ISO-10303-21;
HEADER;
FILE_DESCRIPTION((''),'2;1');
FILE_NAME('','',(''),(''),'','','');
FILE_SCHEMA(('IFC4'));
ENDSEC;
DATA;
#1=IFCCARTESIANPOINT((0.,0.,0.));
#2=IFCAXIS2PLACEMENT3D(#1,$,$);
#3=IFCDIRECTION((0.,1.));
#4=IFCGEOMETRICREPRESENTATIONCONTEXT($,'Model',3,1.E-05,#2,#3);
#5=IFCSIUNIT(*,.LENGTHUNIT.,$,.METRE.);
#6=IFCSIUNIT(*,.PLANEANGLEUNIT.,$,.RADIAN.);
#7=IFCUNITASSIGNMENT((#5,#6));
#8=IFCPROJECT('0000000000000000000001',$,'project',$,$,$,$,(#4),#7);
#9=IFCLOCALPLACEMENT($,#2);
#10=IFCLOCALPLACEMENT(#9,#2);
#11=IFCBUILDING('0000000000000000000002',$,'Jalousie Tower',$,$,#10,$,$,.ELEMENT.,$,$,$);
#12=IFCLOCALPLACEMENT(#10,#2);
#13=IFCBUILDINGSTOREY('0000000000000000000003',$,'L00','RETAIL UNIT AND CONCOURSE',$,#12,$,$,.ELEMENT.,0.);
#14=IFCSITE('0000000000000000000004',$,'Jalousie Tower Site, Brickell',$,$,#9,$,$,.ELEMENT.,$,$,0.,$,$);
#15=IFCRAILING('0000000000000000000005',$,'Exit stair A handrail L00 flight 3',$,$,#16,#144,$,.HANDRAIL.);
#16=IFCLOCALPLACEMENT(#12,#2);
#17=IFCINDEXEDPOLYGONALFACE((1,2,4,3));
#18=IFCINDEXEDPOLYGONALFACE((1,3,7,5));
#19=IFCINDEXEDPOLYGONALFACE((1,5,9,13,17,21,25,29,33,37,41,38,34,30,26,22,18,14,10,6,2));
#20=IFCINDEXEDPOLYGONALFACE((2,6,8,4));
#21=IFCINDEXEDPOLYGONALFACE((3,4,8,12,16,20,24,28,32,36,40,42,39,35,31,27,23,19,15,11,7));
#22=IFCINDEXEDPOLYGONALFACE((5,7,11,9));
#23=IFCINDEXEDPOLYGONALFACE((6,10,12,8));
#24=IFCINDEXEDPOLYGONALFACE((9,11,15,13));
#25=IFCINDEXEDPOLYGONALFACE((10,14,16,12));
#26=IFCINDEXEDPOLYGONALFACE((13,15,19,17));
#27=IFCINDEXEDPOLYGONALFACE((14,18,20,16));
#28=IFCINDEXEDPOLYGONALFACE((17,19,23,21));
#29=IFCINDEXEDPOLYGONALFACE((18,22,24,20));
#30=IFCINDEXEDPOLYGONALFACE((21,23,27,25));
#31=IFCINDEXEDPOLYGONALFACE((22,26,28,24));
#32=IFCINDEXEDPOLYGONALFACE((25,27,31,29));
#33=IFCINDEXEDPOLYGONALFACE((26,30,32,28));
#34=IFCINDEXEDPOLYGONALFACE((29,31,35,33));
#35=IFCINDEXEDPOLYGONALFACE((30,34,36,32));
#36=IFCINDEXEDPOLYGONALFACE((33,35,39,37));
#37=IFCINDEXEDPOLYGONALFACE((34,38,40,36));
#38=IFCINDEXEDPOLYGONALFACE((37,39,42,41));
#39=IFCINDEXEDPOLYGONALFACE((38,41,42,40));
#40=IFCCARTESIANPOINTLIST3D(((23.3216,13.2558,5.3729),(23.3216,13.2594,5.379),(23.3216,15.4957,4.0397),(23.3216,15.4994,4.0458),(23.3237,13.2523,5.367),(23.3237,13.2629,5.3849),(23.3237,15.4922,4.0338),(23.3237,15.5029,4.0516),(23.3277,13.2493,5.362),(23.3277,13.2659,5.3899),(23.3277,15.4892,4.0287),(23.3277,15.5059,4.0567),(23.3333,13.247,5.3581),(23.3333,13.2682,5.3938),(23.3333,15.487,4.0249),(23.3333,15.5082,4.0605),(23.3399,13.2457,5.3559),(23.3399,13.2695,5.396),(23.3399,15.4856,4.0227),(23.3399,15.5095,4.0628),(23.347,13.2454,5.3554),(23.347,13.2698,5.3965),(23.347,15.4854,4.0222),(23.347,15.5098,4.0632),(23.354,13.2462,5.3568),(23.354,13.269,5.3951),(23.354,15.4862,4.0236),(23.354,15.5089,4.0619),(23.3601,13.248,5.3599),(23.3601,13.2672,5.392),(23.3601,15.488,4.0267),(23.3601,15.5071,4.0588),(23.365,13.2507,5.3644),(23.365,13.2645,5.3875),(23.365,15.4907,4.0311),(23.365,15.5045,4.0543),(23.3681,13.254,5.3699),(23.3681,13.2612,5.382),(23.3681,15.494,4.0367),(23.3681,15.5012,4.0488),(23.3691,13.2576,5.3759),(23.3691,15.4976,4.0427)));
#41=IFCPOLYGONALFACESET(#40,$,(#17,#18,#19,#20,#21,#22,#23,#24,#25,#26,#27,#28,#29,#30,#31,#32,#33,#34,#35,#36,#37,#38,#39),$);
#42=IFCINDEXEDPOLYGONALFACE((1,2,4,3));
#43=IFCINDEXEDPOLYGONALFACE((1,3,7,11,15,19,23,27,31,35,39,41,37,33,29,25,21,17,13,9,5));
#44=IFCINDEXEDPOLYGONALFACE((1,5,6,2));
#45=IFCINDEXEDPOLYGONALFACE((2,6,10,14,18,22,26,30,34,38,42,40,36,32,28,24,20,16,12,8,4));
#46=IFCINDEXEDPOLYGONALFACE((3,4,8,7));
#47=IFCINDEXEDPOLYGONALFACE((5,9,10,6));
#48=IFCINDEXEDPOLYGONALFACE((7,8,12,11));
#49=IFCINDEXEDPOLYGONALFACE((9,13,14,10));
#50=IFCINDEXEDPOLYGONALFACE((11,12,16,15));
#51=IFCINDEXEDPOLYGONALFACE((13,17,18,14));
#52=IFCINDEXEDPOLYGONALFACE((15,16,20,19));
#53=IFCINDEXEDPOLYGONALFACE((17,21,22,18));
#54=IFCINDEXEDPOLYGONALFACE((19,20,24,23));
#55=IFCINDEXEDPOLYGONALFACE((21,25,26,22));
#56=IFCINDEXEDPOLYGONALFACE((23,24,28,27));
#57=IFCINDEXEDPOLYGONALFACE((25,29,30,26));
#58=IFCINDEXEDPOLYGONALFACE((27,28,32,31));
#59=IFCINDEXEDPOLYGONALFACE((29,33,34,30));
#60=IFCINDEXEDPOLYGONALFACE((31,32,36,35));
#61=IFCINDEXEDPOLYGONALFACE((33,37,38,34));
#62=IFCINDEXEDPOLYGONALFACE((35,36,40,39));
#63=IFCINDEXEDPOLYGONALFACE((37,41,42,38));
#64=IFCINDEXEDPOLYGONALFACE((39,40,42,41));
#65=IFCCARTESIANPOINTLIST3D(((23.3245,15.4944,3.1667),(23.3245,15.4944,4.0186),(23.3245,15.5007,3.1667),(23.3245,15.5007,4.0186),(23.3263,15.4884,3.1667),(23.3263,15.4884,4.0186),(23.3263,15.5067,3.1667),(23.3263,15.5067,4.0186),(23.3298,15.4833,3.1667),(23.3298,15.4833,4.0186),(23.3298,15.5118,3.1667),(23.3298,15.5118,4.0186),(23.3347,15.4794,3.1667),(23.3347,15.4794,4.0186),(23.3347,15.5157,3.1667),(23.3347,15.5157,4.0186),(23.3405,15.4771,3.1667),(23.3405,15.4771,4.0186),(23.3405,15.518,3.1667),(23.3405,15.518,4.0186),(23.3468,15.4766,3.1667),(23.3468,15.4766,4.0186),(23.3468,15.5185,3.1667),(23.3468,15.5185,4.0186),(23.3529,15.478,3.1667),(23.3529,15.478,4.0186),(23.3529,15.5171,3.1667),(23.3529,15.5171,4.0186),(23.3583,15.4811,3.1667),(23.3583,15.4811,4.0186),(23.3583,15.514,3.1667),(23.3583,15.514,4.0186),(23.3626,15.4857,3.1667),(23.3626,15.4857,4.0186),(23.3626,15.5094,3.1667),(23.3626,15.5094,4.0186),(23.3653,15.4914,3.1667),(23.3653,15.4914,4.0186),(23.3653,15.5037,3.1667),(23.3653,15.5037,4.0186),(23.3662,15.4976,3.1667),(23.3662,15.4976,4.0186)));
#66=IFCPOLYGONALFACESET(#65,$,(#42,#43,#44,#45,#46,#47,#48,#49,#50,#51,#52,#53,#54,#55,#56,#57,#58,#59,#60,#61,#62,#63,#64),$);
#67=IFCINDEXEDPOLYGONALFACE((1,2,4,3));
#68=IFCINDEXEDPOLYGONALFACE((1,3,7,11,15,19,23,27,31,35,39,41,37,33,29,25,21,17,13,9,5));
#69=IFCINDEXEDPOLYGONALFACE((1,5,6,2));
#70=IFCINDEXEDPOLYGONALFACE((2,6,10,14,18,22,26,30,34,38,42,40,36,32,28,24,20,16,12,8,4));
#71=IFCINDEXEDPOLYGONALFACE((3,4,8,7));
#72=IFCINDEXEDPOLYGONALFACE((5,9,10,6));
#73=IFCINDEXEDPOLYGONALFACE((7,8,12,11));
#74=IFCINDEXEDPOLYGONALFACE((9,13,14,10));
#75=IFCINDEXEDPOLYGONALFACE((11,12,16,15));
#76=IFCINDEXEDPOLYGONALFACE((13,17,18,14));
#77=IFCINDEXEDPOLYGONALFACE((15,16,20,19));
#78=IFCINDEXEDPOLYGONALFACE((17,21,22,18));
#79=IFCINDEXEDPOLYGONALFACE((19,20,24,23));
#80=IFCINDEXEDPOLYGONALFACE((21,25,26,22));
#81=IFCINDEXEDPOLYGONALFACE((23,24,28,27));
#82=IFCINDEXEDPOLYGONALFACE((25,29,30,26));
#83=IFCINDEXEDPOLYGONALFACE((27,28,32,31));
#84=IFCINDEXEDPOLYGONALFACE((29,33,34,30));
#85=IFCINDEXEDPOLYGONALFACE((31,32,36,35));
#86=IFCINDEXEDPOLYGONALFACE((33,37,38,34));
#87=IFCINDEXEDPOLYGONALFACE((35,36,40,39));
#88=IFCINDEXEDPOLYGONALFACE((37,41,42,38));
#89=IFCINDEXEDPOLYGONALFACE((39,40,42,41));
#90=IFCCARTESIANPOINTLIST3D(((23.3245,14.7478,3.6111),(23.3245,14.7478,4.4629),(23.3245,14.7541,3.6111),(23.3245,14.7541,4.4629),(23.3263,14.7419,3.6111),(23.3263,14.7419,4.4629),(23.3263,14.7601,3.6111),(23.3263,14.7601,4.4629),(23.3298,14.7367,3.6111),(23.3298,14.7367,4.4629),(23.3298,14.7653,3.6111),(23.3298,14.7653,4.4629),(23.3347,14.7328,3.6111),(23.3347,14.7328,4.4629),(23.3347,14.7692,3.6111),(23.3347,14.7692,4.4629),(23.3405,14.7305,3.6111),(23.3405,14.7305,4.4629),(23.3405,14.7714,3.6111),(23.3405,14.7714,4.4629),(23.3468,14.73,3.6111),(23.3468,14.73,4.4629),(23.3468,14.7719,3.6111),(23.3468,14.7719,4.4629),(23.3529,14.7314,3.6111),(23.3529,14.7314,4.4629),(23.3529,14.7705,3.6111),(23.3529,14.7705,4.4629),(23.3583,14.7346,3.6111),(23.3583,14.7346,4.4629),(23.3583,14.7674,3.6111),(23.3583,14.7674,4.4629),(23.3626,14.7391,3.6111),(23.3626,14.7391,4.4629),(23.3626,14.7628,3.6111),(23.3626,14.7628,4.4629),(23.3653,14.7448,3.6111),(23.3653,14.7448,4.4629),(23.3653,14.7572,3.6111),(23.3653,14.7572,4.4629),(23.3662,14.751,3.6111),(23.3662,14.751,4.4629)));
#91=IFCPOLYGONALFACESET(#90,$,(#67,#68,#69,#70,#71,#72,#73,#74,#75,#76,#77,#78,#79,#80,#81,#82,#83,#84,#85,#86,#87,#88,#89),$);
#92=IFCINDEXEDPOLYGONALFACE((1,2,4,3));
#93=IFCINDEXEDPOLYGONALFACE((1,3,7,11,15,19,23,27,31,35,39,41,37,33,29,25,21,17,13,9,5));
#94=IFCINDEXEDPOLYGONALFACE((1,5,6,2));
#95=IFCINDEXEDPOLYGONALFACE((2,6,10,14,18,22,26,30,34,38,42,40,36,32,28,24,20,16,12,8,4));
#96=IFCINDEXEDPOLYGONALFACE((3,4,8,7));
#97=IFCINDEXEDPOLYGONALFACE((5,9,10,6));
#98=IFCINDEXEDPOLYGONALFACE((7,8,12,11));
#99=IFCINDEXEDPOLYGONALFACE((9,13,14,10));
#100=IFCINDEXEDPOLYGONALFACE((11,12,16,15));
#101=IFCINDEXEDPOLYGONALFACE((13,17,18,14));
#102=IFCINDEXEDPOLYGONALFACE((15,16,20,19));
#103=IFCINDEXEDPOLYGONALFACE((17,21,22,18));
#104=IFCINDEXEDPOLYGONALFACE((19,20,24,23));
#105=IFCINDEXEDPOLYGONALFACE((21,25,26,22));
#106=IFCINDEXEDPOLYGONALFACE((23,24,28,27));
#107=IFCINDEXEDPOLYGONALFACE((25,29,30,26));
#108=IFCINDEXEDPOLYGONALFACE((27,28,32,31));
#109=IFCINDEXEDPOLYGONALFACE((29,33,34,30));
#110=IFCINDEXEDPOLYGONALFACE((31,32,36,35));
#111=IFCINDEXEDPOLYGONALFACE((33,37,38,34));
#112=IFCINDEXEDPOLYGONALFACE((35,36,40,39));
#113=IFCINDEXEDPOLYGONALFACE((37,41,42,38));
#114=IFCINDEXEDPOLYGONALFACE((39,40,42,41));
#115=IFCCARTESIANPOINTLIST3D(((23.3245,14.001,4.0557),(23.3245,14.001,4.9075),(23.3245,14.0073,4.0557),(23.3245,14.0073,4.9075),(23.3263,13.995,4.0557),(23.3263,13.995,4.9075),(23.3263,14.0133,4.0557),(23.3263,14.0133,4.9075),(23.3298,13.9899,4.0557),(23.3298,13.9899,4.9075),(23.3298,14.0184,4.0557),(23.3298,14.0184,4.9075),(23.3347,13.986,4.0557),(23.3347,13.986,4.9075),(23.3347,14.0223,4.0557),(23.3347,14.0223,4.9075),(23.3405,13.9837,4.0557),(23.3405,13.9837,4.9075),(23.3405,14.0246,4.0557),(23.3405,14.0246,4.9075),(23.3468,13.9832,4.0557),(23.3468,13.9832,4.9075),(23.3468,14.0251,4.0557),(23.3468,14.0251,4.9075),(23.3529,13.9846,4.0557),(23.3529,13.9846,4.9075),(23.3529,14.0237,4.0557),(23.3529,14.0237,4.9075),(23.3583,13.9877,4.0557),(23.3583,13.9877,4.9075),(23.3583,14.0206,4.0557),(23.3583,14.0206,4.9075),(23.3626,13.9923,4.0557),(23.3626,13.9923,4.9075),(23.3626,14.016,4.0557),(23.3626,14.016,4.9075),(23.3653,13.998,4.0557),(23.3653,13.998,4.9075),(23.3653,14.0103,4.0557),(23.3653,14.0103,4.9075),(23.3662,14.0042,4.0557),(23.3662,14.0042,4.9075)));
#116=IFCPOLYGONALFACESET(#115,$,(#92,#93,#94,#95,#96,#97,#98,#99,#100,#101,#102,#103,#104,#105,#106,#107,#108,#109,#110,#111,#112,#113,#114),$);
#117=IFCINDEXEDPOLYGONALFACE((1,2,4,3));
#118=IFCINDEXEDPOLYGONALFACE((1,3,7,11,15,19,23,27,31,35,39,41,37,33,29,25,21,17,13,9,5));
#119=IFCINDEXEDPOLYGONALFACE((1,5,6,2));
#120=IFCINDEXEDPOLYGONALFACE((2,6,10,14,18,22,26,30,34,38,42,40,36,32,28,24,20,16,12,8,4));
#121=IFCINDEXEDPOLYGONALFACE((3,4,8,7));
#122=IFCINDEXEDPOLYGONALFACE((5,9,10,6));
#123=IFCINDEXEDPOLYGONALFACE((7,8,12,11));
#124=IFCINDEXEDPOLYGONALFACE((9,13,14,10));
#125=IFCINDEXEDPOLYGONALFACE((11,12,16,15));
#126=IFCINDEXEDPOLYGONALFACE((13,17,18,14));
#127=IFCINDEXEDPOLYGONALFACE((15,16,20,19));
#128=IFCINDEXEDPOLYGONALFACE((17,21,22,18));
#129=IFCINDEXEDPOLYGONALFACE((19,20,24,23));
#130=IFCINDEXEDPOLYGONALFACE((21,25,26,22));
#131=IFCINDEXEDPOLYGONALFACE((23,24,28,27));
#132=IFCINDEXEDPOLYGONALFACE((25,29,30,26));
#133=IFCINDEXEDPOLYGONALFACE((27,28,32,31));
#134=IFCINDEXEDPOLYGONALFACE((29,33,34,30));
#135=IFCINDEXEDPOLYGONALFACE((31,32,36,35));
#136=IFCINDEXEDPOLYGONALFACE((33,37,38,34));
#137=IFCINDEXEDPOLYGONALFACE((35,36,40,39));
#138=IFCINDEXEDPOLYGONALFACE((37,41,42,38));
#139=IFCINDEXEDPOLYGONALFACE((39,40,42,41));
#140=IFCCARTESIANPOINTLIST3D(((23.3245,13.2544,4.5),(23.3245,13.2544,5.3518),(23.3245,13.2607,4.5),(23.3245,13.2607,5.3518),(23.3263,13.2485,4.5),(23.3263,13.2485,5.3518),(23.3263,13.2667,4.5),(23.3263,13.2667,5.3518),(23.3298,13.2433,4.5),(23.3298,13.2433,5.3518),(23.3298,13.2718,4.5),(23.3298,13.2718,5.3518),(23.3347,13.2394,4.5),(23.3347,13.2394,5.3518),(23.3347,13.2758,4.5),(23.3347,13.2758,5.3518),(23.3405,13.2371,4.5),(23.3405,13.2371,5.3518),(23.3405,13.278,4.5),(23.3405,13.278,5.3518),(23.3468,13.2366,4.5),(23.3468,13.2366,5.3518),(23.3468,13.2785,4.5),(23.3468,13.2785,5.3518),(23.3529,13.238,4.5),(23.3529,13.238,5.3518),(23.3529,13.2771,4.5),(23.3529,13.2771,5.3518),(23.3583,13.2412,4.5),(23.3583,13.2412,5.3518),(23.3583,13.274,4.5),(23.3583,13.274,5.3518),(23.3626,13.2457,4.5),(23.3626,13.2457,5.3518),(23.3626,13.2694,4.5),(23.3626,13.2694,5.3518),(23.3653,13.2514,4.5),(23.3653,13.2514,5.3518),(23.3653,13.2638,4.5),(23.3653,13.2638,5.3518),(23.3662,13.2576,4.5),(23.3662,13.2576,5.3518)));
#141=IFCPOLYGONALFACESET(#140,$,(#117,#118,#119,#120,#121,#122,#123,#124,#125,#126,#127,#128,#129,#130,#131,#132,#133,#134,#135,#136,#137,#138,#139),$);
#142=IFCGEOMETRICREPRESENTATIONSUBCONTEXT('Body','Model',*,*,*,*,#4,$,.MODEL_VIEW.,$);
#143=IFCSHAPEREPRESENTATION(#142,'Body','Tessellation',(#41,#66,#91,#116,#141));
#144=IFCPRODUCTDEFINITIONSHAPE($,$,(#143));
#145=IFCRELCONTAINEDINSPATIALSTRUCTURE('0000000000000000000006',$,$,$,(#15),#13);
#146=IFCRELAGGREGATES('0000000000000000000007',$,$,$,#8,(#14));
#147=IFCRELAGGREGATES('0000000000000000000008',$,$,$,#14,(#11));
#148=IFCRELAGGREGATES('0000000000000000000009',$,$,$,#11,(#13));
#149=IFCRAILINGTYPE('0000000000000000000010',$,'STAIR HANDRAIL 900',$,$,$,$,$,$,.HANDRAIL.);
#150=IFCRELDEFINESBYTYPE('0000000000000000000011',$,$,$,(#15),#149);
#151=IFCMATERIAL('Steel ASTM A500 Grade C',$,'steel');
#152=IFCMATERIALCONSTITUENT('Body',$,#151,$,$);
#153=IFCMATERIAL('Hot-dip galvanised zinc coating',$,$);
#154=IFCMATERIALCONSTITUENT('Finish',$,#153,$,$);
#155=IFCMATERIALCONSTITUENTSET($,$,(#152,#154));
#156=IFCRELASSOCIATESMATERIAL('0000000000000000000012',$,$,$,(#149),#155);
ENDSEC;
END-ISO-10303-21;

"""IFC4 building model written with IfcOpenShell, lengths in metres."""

from ifc_helpers import new_model, si_unit, direction, frame, origin, origin_2d, place, context, subcontext, project, spatial, circle, extrude, material, constituent, constituent_set, type_object, element, save


model = new_model("IFC4")

# Units and contexts
model_context = context("Model", 3, precision=1e-05, world=origin(), true_north=direction((0.0, 1.0)))
body_context = subcontext(model_context, "Body", "Model", "MODEL_VIEW")
ifc_project = project(units=[si_unit("LENGTHUNIT", "METRE"), si_unit("PLANEANGLEUNIT", "RADIAN")], contexts=[model_context])

# Site, building, storey
site_placement = place(None, origin())
site = spatial("IfcSite", under=ifc_project, at=site_placement, Name="Jalousie Tower Site, Brickell", CompositionType="ELEMENT", RefElevation=0.0)
building_placement = place(site_placement, origin())
building = spatial("IfcBuilding", under=site, at=building_placement, Name="Jalousie Tower", CompositionType="ELEMENT")
storey_placement = place(building_placement, origin())
storey = spatial("IfcBuildingStorey", under=building, at=storey_placement, Name="L00", Description="RETAIL UNIT AND CONCOURSE", CompositionType="ELEMENT", Elevation=0.0)

# Railing
ifc_material_1 = material(Name="Steel ASTM A500 Grade C", Category="steel")
ifc_constituent_1 = constituent(ifc_material_1, Name="Body")
ifc_material_2 = material(Name="Hot-dip galvanised zinc coating")
ifc_constituent_2 = constituent(ifc_material_2, Name="Finish")
ifc_constituent_set_1 = constituent_set(constituents=[ifc_constituent_1, ifc_constituent_2])
railing_type_1 = type_object("IfcRailingType", Name="STAIR HANDRAIL 900", PredefinedType="HANDRAIL", material=ifc_constituent_set_1)
railing_1_placement = place(storey_placement, frame((23.3452, 15.4976, 3.1667)))
element("IfcRailing", 1, at=railing_1_placement, inside=storey, type_object=railing_type_1, Name="Exit stair A handrail L00 flight 3", PredefinedType="HANDRAIL", context=body_context, shape_type="SweptSolid", body=[
    extrude(circle(Radius=0.0239, at=origin_2d()), frame((0.0, 0.0, 0.876), z_axis=(0.0, -0.859306, 0.511462), x_axis=(1.0, 0.0, 0.0)), (0.0, 0.0, 1.0), 2.6067),
    extrude(circle(Radius=0.021, at=origin_2d()), origin(), (0.0, 0.0, 1.0), 0.8518),
    extrude(circle(Radius=0.021, at=origin_2d()), frame((0.0, -0.7466, 0.4443)), (0.0, 0.0, 1.0), 0.8518),
    extrude(circle(Radius=0.021, at=origin_2d()), frame((0.0, -1.4934, 0.8889)), (0.0, 0.0, 1.0), 0.8518),
    extrude(circle(Radius=0.021, at=origin_2d()), frame((0.0, -2.24, 1.3333)), (0.0, 0.0, 1.0), 0.8518),
])

save(model, "model.ifc")
